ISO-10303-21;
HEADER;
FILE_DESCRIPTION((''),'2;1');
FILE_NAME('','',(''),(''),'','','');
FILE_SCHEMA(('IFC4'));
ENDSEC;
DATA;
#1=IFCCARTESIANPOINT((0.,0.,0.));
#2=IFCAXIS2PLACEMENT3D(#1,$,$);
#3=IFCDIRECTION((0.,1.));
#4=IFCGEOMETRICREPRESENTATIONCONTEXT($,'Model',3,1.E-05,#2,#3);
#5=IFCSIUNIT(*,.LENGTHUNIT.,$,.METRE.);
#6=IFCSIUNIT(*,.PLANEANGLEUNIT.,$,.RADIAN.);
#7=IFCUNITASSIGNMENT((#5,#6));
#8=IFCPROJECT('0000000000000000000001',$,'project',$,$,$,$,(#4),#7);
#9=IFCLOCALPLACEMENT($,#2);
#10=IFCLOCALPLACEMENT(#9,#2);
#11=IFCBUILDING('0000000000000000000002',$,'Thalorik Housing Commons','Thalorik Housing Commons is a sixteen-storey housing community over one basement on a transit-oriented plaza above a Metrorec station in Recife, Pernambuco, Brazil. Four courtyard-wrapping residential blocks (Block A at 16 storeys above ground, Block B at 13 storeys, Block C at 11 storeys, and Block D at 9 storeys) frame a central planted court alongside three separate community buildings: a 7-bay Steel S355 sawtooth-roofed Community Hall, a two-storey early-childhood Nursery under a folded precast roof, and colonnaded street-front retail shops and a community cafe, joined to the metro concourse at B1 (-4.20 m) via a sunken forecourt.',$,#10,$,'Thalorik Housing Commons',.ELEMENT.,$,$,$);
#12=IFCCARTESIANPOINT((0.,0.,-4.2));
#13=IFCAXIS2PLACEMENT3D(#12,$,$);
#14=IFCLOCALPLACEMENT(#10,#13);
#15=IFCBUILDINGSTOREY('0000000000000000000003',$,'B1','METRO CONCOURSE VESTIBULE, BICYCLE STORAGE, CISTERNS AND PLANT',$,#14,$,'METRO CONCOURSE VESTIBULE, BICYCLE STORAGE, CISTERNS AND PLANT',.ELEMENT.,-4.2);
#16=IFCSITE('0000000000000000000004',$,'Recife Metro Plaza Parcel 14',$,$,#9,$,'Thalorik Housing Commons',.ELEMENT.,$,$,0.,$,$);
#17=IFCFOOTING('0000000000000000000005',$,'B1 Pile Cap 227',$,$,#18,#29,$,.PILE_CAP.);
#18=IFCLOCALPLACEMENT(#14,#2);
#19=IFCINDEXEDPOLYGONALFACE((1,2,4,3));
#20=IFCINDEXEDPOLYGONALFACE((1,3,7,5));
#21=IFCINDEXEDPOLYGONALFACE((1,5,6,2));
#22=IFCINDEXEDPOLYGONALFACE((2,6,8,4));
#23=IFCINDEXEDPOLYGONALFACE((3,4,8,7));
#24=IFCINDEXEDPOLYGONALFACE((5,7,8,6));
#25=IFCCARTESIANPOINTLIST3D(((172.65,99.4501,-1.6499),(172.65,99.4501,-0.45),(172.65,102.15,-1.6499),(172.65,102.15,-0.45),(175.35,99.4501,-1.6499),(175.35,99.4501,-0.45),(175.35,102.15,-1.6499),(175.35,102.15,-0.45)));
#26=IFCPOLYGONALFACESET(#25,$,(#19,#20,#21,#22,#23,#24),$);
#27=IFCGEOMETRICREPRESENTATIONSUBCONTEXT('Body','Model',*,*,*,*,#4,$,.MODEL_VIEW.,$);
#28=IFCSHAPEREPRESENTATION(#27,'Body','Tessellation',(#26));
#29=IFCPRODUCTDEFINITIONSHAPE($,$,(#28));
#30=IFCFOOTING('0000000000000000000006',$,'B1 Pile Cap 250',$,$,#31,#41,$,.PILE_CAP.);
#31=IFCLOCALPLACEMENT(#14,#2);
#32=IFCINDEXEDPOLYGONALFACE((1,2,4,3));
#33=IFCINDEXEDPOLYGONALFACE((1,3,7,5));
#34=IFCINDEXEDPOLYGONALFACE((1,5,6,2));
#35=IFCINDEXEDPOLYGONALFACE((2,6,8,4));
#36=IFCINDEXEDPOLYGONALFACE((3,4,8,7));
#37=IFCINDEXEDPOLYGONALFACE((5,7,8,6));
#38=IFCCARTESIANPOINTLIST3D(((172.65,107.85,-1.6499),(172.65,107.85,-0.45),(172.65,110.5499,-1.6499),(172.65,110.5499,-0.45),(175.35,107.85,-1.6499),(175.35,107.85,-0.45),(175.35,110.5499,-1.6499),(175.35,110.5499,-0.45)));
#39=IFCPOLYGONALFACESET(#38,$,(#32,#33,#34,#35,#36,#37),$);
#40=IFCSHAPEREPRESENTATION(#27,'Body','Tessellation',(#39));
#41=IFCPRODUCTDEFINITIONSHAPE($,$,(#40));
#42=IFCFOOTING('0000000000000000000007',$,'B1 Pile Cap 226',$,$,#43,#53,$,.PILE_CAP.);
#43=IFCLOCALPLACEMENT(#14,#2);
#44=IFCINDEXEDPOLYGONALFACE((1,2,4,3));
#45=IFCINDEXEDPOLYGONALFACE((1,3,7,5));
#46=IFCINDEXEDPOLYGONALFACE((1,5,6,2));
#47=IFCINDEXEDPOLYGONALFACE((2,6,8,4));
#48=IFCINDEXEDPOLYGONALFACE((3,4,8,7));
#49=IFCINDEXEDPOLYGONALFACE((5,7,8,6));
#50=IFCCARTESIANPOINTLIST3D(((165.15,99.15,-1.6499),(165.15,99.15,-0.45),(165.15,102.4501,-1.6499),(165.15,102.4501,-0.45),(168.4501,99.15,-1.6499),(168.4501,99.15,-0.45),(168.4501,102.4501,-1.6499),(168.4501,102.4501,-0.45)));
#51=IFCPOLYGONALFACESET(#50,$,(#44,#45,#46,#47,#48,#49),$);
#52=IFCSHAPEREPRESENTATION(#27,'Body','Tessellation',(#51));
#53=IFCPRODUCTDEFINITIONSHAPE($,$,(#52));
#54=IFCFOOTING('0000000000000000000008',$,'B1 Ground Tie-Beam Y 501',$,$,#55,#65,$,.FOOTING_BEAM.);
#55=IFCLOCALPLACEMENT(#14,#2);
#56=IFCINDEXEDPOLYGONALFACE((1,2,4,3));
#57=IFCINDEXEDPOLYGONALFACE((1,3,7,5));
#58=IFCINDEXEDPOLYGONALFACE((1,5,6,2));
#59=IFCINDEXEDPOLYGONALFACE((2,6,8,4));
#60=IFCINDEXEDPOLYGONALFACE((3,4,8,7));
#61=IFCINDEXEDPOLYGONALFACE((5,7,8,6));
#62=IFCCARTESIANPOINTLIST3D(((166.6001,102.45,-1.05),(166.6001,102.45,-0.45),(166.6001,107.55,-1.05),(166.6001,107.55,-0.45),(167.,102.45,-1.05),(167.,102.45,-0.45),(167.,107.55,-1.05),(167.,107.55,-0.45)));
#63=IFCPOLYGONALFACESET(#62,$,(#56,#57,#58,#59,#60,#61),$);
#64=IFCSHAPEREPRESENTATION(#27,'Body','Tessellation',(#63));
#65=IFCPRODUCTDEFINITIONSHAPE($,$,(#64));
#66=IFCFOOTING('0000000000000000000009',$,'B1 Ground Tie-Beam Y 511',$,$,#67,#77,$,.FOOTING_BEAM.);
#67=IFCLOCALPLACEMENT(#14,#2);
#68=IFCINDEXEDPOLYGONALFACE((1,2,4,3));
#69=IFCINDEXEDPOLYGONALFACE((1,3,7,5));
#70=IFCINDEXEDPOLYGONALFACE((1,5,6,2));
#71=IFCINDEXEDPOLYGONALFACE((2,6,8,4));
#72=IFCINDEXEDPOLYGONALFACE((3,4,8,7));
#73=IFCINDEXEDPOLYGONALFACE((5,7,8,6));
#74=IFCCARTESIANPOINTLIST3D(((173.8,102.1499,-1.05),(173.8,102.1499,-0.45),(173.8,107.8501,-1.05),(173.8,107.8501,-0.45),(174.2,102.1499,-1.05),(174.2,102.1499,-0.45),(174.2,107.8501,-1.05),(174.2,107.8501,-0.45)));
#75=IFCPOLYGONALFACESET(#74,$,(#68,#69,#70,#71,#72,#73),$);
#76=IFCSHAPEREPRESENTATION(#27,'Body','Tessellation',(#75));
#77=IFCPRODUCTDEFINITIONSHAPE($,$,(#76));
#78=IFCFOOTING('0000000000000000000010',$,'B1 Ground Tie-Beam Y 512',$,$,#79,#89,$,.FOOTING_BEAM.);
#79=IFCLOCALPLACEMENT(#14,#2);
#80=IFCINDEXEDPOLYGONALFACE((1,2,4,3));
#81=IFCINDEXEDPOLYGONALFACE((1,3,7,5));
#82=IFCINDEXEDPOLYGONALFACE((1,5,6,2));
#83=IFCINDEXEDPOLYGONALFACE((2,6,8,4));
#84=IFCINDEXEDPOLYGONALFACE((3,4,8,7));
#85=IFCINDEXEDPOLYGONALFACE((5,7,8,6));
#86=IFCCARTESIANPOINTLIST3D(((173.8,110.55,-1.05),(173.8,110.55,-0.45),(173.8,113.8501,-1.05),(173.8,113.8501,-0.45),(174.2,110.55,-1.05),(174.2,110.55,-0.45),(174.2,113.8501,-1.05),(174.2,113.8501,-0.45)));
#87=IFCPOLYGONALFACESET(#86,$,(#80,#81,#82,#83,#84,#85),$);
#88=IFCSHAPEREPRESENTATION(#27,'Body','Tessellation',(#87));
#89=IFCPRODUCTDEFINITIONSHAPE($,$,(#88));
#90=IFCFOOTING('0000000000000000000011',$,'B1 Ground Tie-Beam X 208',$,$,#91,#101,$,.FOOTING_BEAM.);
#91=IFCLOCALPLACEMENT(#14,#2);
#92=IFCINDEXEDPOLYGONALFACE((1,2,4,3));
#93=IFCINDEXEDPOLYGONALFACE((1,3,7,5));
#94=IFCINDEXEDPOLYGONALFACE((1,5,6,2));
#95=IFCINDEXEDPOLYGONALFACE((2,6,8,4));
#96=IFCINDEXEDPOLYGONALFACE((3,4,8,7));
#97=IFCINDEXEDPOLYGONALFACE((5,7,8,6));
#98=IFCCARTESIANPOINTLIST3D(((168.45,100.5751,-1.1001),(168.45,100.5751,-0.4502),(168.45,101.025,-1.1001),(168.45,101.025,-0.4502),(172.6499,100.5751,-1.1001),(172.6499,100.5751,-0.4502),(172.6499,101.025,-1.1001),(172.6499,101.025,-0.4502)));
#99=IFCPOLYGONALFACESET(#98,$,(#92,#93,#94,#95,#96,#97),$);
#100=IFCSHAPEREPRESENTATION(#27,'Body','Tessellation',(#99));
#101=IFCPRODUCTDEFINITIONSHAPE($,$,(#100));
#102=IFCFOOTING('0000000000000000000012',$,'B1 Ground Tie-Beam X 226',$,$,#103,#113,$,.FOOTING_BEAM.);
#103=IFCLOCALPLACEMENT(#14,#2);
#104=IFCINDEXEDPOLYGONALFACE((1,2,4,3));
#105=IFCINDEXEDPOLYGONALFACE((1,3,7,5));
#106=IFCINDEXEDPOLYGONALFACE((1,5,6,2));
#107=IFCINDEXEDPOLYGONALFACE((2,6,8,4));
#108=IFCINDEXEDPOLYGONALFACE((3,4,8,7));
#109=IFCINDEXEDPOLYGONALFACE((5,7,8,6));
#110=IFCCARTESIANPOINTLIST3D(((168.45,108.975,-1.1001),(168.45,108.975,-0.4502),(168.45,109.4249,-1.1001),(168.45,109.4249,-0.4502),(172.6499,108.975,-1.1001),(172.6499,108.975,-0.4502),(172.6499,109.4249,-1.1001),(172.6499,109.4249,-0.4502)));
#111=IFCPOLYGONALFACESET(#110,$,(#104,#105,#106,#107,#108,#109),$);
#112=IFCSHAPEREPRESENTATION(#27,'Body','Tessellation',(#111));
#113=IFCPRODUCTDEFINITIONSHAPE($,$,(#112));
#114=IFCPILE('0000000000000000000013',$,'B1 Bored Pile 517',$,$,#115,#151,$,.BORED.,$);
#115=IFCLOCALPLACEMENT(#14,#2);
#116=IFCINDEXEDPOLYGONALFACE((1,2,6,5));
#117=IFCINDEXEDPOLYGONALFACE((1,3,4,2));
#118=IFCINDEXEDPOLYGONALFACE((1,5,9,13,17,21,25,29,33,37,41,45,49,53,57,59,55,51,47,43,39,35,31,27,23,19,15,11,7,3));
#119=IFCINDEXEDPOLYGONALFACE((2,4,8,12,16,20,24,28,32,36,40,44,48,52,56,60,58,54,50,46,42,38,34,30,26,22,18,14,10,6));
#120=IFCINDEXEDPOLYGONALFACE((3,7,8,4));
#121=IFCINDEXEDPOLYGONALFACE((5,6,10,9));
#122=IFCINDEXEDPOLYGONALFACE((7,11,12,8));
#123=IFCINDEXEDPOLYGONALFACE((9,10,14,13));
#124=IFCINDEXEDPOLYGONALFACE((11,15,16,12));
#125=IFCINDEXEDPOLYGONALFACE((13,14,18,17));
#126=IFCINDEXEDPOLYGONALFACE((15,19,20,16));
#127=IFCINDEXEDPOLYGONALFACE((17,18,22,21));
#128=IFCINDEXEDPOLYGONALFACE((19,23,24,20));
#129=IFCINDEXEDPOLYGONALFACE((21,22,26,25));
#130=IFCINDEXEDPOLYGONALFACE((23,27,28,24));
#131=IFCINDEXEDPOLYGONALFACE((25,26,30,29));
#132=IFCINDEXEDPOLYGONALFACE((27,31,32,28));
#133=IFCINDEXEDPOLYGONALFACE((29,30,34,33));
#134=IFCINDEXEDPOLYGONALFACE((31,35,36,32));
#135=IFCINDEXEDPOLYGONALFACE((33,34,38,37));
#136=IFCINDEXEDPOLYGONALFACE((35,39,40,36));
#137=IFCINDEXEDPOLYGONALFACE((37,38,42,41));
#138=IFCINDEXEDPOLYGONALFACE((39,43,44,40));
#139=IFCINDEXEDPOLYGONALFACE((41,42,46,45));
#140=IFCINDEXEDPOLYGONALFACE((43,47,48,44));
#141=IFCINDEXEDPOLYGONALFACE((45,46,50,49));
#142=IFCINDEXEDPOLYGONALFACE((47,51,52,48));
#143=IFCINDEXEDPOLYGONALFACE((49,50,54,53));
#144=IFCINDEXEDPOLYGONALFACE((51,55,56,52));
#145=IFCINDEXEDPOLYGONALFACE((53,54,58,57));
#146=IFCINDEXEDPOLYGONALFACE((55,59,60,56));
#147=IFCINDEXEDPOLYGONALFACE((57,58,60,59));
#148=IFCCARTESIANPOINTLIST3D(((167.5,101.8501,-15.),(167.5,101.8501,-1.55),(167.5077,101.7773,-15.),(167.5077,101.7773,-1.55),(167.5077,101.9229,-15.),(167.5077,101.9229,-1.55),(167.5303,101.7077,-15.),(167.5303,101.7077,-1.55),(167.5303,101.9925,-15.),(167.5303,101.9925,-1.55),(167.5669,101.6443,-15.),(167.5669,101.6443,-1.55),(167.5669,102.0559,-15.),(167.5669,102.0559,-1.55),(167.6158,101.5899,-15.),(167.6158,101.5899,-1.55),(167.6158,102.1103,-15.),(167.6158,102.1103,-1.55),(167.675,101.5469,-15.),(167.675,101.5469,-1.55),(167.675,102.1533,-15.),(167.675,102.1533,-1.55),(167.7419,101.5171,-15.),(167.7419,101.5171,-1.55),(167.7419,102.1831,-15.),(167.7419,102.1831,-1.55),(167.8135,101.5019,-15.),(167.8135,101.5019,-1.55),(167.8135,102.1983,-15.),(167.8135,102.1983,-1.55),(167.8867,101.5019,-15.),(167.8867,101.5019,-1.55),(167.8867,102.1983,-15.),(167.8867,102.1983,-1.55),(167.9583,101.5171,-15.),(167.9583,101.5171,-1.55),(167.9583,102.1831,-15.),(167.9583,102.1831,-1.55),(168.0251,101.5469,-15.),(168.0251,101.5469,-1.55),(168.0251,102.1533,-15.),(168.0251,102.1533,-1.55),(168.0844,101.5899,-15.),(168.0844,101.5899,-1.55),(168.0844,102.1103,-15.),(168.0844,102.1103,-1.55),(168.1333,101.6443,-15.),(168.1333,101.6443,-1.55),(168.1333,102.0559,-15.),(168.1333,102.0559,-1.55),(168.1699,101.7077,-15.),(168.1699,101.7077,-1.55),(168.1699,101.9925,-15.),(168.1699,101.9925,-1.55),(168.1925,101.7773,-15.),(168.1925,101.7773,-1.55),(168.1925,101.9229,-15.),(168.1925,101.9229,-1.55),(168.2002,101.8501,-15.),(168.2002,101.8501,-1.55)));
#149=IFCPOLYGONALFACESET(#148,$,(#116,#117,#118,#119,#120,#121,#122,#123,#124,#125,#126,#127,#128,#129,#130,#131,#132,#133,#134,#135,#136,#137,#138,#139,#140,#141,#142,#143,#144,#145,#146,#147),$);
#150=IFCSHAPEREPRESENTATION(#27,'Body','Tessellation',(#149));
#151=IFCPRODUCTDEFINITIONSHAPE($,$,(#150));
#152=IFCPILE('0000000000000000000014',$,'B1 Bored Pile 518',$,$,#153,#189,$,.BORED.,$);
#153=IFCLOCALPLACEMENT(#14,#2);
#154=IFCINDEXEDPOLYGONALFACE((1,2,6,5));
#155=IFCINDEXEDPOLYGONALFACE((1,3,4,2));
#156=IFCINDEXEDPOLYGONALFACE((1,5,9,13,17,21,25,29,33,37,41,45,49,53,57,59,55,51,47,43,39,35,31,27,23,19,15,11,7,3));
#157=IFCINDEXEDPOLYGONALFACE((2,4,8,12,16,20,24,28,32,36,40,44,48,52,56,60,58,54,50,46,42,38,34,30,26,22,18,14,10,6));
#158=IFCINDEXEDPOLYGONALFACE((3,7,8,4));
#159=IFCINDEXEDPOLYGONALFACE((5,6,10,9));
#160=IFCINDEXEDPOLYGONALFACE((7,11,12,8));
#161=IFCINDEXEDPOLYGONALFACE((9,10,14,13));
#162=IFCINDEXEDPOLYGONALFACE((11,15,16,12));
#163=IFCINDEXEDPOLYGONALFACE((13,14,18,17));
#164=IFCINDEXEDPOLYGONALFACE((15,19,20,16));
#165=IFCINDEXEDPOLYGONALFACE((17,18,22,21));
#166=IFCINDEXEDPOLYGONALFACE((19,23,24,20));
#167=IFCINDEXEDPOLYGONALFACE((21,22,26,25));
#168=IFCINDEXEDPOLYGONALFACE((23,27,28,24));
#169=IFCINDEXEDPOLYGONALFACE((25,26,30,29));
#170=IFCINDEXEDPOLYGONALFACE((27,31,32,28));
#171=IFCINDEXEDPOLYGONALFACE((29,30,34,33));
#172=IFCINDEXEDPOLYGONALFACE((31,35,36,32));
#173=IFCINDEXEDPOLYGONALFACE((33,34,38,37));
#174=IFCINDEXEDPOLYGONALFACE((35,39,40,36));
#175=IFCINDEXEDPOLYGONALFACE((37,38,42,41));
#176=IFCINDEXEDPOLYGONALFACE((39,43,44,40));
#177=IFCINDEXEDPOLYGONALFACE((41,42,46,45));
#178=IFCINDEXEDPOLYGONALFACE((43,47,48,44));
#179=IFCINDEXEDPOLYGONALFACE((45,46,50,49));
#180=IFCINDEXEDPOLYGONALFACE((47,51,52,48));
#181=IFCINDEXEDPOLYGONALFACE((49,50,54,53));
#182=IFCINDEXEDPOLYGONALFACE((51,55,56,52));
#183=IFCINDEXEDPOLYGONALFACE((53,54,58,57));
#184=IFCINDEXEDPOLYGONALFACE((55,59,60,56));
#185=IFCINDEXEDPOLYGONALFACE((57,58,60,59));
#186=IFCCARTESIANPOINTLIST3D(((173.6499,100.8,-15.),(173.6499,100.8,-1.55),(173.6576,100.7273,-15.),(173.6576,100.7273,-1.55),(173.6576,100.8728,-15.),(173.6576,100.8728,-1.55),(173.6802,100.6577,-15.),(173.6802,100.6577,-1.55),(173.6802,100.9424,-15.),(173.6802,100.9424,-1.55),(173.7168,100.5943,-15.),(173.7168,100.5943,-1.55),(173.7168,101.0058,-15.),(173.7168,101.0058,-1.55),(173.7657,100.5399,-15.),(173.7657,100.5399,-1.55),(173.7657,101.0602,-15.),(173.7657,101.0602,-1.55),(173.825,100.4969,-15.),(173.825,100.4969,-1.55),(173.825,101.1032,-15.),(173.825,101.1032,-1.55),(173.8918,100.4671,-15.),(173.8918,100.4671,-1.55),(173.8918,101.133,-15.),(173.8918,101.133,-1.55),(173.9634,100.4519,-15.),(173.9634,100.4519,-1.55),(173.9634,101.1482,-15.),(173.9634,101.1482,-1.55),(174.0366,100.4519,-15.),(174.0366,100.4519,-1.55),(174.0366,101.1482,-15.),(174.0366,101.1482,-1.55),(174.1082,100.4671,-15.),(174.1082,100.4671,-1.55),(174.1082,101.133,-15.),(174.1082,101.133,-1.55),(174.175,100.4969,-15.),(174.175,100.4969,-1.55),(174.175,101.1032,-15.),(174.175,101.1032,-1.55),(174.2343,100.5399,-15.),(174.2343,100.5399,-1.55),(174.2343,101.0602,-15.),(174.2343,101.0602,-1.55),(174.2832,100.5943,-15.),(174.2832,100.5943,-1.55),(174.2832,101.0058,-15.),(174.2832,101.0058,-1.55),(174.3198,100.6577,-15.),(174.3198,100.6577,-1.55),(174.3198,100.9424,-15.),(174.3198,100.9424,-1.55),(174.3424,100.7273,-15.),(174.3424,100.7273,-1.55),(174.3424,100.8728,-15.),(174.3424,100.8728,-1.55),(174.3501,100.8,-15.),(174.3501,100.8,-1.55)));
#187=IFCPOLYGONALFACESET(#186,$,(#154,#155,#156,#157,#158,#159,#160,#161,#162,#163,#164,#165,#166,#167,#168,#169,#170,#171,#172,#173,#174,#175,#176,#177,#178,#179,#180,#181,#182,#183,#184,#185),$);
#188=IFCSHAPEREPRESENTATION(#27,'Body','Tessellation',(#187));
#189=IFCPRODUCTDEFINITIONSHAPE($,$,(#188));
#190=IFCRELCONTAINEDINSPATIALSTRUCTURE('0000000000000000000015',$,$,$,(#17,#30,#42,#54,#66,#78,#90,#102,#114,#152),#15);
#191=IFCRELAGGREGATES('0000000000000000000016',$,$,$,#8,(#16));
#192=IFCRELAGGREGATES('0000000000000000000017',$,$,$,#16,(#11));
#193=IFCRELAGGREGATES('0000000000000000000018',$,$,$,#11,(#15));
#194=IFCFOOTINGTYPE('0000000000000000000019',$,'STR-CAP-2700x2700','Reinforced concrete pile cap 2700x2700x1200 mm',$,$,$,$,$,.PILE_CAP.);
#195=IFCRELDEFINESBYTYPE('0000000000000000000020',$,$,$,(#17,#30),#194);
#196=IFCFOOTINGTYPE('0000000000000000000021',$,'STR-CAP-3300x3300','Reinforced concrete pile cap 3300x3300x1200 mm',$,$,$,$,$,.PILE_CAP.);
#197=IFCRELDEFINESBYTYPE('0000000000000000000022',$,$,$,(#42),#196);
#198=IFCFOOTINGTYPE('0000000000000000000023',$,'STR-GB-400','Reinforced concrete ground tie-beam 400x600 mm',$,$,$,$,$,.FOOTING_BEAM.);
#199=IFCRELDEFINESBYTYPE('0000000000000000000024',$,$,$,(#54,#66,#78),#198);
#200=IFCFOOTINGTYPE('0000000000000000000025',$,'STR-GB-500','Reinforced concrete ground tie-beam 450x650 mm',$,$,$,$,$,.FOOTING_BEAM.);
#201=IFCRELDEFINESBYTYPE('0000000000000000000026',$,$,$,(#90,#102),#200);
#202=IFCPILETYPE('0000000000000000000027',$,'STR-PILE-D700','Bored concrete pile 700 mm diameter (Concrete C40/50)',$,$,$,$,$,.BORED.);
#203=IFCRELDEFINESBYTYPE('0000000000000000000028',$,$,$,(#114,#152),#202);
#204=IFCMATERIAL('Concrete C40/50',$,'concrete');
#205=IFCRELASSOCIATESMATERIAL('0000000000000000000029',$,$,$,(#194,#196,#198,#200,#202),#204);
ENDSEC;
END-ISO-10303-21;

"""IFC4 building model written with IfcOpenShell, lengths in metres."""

from ifc_helpers import new_model, si_unit, direction, frame, origin, origin_2d, place, context, subcontext, project, spatial, rectangle, circle, extrude, material, material_profile, profile_set, type_object, element, save


model = new_model("IFC4")

# Units and contexts
model_context = context("Model", 3, precision=1e-05, world=origin(), true_north=direction((0.0, 1.0)))
body_context = subcontext(model_context, "Body", "Model", "MODEL_VIEW")
ifc_project = project(units=[si_unit("LENGTHUNIT", "METRE"), si_unit("PLANEANGLEUNIT", "RADIAN")], contexts=[model_context])

# Site, building, storey
site_placement = place(None, origin())
site = spatial("IfcSite", under=ifc_project, at=site_placement, Name="Recife Metro Plaza Parcel 14", LongName="Thalorik Housing Commons", CompositionType="ELEMENT", RefElevation=0.0)
building_placement = place(site_placement, origin())
building = spatial("IfcBuilding", under=site, at=building_placement, Name="Thalorik Housing Commons", Description="Thalorik Housing Commons is a sixteen-storey housing community over one basement on a transit-oriented plaza above a Metrorec station in Recife, Pernambuco, Brazil. Four courtyard-wrapping residential blocks (Block A at 16 storeys above ground, Block B at 13 storeys, Block C at 11 storeys, and Block D at 9 storeys) frame a central planted court alongside three separate community buildings: a 7-bay Steel S355 sawtooth-roofed Community Hall, a two-storey early-childhood Nursery under a folded precast roof, and colonnaded street-front retail shops and a community cafe, joined to the metro concourse at B1 (-4.20 m) via a sunken forecourt.", LongName="Thalorik Housing Commons", CompositionType="ELEMENT")
storey_placement = place(building_placement, frame((0.0, 0.0, -4.2)))
storey = spatial("IfcBuildingStorey", under=building, at=storey_placement, Name="B1", Description="METRO CONCOURSE VESTIBULE, BICYCLE STORAGE, CISTERNS AND PLANT", LongName="METRO CONCOURSE VESTIBULE, BICYCLE STORAGE, CISTERNS AND PLANT", CompositionType="ELEMENT", Elevation=-4.2)

# Footings
ifc_material_1 = material(Name="Concrete C40/50", Category="concrete")
footing_type_1 = type_object("IfcFootingType", Name="STR-CAP-2700x2700", Description="Reinforced concrete pile cap 2700x2700x1200 mm", PredefinedType="PILE_CAP", material=ifc_material_1)
for number, where, z_axis, x_axis, name in (
    (1, (174.0, 100.8, -1.6499), (0.0, 0.0, 1.0), (1.0, 0.0, 0.0), "B1 Pile Cap 227"),
    (2, (174.0, 109.2, -1.6499), (0.0, 0.0, 1.0), (1.0, 0.0, 0.0), "B1 Pile Cap 250"),
):
    element("IfcFooting", number, at=place(storey_placement, frame(where, z_axis=z_axis, x_axis=x_axis)), inside=storey, type_object=footing_type_1, Name=name, PredefinedType="PILE_CAP", context=body_context, shape_type="SweptSolid", body=[
        extrude(rectangle(XDim=2.7, YDim=2.7, at=origin_2d()), origin(), (0.0, 0.0, 1.0), 1.2),
    ])
footing_type_2 = type_object("IfcFootingType", Name="STR-CAP-3300x3300", Description="Reinforced concrete pile cap 3300x3300x1200 mm", PredefinedType="PILE_CAP", material=ifc_material_1)
footing_1_placement = place(storey_placement, frame((166.8, 100.8, -1.6499), z_axis=(0.0, 0.0, 1.0), x_axis=(1.0, 0.0, 0.0)))
element("IfcFooting", 3, at=footing_1_placement, inside=storey, type_object=footing_type_2, Name="B1 Pile Cap 226", PredefinedType="PILE_CAP", context=body_context, shape_type="SweptSolid", body=[
    extrude(rectangle(XDim=3.3, YDim=3.3, at=origin_2d()), origin(), (0.0, 0.0, 1.0), 1.2),
])
ifc_material_profile_1 = material_profile(ifc_material_1, rectangle(XDim=0.3999, YDim=0.6001, at=origin_2d()), Name="RC 400x600", Category="concrete")
ifc_profile_set_1 = profile_set([ifc_material_profile_1], Name="Concrete C40/50")
footing_type_3 = type_object("IfcFootingType", Name="STR-GB-400", Description="Reinforced concrete ground tie-beam 400x600 mm", PredefinedType="FOOTING_BEAM", material=ifc_profile_set_1)
footing_2_placement = place(storey_placement, frame((166.8, 102.45, -0.75), z_axis=(0.0, 1.0, 0.0), x_axis=(-1.0, 0.0, 0.0)))
element("IfcFooting", 4, at=footing_2_placement, inside=storey, type_object=footing_type_3, Name="B1 Ground Tie-Beam Y 501", PredefinedType="FOOTING_BEAM", context=body_context, shape_type="SweptSolid", body=[
    extrude(rectangle(XDim=0.3999, YDim=0.6001, at=origin_2d()), origin(), (0.0, 0.0, 1.0), 5.1001),
])
footing_3_placement = place(storey_placement, frame((174.0, 102.1499, -0.75), z_axis=(0.0, 1.0, 0.0), x_axis=(-1.0, 0.0, 0.0)))
element("IfcFooting", 5, at=footing_3_placement, inside=storey, type_object=footing_type_3, Name="B1 Ground Tie-Beam Y 511", PredefinedType="FOOTING_BEAM", context=body_context, shape_type="SweptSolid", body=[
    extrude(rectangle(XDim=0.3999, YDim=0.6001, at=origin_2d()), origin(), (0.0, 0.0, 1.0), 5.7002),
])
footing_4_placement = place(storey_placement, frame((174.0, 110.55, -0.75), z_axis=(0.0, 1.0, 0.0), x_axis=(-1.0, 0.0, 0.0)))
element("IfcFooting", 6, at=footing_4_placement, inside=storey, type_object=footing_type_3, Name="B1 Ground Tie-Beam Y 512", PredefinedType="FOOTING_BEAM", context=body_context, shape_type="SweptSolid", body=[
    extrude(rectangle(XDim=0.3999, YDim=0.6001, at=origin_2d()), origin(), (0.0, 0.0, 1.0), 3.3),
])
ifc_material_profile_2 = material_profile(ifc_material_1, rectangle(XDim=0.45, YDim=0.6499, at=origin_2d()), Name="RC 450x650", Category="concrete")
ifc_profile_set_2 = profile_set([ifc_material_profile_2], Name="Concrete C40/50")
footing_type_4 = type_object("IfcFootingType", Name="STR-GB-500", Description="Reinforced concrete ground tie-beam 450x650 mm", PredefinedType="FOOTING_BEAM", material=ifc_profile_set_2)
for number, where, z_axis, x_axis, name in (
    (7, (168.45, 100.8, -0.7751), (1.0, 0.0, 0.0), (0.0, 1.0, 0.0), "B1 Ground Tie-Beam X 208"),
    (8, (168.45, 109.2, -0.7751), (1.0, 0.0, 0.0), (0.0, 1.0, 0.0), "B1 Ground Tie-Beam X 226"),
):
    element("IfcFooting", number, at=place(storey_placement, frame(where, z_axis=z_axis, x_axis=x_axis)), inside=storey, type_object=footing_type_4, Name=name, PredefinedType="FOOTING_BEAM", context=body_context, shape_type="SweptSolid", body=[
        extrude(rectangle(XDim=0.45, YDim=0.6499, at=origin_2d()), origin(), (0.0, 0.0, 1.0), 4.2),
    ])

# Piles
ifc_material_profile_3 = material_profile(ifc_material_1, circle(Radius=0.3501, at=origin_2d()), Name="BORED PILE D700", Category="concrete")
ifc_profile_set_3 = profile_set([ifc_material_profile_3], Name="Concrete C40/50")
pile_type_1 = type_object("IfcPileType", Name="STR-PILE-D700", Description="Bored concrete pile 700 mm diameter (Concrete C40/50)", PredefinedType="BORED", material=ifc_profile_set_3)
for number, where, z_axis, x_axis, name in (
    (9, (167.8501, 101.8501, -1.55), (0.0, 0.0, -1.0), (1.0, 0.0, 0.0), "B1 Bored Pile 517"),
    (10, (174.0, 100.8, -1.55), (0.0, 0.0, -1.0), (1.0, 0.0, 0.0), "B1 Bored Pile 518"),
):
    element("IfcPile", number, at=place(storey_placement, frame(where, z_axis=z_axis, x_axis=x_axis)), inside=storey, type_object=pile_type_1, Name=name, PredefinedType="BORED", context=body_context, shape_type="SweptSolid", body=[
        extrude(circle(Radius=0.3501, at=origin_2d()), origin(), (0.0, 0.0, 1.0), 13.45),
    ])

save(model, "model.ifc")
